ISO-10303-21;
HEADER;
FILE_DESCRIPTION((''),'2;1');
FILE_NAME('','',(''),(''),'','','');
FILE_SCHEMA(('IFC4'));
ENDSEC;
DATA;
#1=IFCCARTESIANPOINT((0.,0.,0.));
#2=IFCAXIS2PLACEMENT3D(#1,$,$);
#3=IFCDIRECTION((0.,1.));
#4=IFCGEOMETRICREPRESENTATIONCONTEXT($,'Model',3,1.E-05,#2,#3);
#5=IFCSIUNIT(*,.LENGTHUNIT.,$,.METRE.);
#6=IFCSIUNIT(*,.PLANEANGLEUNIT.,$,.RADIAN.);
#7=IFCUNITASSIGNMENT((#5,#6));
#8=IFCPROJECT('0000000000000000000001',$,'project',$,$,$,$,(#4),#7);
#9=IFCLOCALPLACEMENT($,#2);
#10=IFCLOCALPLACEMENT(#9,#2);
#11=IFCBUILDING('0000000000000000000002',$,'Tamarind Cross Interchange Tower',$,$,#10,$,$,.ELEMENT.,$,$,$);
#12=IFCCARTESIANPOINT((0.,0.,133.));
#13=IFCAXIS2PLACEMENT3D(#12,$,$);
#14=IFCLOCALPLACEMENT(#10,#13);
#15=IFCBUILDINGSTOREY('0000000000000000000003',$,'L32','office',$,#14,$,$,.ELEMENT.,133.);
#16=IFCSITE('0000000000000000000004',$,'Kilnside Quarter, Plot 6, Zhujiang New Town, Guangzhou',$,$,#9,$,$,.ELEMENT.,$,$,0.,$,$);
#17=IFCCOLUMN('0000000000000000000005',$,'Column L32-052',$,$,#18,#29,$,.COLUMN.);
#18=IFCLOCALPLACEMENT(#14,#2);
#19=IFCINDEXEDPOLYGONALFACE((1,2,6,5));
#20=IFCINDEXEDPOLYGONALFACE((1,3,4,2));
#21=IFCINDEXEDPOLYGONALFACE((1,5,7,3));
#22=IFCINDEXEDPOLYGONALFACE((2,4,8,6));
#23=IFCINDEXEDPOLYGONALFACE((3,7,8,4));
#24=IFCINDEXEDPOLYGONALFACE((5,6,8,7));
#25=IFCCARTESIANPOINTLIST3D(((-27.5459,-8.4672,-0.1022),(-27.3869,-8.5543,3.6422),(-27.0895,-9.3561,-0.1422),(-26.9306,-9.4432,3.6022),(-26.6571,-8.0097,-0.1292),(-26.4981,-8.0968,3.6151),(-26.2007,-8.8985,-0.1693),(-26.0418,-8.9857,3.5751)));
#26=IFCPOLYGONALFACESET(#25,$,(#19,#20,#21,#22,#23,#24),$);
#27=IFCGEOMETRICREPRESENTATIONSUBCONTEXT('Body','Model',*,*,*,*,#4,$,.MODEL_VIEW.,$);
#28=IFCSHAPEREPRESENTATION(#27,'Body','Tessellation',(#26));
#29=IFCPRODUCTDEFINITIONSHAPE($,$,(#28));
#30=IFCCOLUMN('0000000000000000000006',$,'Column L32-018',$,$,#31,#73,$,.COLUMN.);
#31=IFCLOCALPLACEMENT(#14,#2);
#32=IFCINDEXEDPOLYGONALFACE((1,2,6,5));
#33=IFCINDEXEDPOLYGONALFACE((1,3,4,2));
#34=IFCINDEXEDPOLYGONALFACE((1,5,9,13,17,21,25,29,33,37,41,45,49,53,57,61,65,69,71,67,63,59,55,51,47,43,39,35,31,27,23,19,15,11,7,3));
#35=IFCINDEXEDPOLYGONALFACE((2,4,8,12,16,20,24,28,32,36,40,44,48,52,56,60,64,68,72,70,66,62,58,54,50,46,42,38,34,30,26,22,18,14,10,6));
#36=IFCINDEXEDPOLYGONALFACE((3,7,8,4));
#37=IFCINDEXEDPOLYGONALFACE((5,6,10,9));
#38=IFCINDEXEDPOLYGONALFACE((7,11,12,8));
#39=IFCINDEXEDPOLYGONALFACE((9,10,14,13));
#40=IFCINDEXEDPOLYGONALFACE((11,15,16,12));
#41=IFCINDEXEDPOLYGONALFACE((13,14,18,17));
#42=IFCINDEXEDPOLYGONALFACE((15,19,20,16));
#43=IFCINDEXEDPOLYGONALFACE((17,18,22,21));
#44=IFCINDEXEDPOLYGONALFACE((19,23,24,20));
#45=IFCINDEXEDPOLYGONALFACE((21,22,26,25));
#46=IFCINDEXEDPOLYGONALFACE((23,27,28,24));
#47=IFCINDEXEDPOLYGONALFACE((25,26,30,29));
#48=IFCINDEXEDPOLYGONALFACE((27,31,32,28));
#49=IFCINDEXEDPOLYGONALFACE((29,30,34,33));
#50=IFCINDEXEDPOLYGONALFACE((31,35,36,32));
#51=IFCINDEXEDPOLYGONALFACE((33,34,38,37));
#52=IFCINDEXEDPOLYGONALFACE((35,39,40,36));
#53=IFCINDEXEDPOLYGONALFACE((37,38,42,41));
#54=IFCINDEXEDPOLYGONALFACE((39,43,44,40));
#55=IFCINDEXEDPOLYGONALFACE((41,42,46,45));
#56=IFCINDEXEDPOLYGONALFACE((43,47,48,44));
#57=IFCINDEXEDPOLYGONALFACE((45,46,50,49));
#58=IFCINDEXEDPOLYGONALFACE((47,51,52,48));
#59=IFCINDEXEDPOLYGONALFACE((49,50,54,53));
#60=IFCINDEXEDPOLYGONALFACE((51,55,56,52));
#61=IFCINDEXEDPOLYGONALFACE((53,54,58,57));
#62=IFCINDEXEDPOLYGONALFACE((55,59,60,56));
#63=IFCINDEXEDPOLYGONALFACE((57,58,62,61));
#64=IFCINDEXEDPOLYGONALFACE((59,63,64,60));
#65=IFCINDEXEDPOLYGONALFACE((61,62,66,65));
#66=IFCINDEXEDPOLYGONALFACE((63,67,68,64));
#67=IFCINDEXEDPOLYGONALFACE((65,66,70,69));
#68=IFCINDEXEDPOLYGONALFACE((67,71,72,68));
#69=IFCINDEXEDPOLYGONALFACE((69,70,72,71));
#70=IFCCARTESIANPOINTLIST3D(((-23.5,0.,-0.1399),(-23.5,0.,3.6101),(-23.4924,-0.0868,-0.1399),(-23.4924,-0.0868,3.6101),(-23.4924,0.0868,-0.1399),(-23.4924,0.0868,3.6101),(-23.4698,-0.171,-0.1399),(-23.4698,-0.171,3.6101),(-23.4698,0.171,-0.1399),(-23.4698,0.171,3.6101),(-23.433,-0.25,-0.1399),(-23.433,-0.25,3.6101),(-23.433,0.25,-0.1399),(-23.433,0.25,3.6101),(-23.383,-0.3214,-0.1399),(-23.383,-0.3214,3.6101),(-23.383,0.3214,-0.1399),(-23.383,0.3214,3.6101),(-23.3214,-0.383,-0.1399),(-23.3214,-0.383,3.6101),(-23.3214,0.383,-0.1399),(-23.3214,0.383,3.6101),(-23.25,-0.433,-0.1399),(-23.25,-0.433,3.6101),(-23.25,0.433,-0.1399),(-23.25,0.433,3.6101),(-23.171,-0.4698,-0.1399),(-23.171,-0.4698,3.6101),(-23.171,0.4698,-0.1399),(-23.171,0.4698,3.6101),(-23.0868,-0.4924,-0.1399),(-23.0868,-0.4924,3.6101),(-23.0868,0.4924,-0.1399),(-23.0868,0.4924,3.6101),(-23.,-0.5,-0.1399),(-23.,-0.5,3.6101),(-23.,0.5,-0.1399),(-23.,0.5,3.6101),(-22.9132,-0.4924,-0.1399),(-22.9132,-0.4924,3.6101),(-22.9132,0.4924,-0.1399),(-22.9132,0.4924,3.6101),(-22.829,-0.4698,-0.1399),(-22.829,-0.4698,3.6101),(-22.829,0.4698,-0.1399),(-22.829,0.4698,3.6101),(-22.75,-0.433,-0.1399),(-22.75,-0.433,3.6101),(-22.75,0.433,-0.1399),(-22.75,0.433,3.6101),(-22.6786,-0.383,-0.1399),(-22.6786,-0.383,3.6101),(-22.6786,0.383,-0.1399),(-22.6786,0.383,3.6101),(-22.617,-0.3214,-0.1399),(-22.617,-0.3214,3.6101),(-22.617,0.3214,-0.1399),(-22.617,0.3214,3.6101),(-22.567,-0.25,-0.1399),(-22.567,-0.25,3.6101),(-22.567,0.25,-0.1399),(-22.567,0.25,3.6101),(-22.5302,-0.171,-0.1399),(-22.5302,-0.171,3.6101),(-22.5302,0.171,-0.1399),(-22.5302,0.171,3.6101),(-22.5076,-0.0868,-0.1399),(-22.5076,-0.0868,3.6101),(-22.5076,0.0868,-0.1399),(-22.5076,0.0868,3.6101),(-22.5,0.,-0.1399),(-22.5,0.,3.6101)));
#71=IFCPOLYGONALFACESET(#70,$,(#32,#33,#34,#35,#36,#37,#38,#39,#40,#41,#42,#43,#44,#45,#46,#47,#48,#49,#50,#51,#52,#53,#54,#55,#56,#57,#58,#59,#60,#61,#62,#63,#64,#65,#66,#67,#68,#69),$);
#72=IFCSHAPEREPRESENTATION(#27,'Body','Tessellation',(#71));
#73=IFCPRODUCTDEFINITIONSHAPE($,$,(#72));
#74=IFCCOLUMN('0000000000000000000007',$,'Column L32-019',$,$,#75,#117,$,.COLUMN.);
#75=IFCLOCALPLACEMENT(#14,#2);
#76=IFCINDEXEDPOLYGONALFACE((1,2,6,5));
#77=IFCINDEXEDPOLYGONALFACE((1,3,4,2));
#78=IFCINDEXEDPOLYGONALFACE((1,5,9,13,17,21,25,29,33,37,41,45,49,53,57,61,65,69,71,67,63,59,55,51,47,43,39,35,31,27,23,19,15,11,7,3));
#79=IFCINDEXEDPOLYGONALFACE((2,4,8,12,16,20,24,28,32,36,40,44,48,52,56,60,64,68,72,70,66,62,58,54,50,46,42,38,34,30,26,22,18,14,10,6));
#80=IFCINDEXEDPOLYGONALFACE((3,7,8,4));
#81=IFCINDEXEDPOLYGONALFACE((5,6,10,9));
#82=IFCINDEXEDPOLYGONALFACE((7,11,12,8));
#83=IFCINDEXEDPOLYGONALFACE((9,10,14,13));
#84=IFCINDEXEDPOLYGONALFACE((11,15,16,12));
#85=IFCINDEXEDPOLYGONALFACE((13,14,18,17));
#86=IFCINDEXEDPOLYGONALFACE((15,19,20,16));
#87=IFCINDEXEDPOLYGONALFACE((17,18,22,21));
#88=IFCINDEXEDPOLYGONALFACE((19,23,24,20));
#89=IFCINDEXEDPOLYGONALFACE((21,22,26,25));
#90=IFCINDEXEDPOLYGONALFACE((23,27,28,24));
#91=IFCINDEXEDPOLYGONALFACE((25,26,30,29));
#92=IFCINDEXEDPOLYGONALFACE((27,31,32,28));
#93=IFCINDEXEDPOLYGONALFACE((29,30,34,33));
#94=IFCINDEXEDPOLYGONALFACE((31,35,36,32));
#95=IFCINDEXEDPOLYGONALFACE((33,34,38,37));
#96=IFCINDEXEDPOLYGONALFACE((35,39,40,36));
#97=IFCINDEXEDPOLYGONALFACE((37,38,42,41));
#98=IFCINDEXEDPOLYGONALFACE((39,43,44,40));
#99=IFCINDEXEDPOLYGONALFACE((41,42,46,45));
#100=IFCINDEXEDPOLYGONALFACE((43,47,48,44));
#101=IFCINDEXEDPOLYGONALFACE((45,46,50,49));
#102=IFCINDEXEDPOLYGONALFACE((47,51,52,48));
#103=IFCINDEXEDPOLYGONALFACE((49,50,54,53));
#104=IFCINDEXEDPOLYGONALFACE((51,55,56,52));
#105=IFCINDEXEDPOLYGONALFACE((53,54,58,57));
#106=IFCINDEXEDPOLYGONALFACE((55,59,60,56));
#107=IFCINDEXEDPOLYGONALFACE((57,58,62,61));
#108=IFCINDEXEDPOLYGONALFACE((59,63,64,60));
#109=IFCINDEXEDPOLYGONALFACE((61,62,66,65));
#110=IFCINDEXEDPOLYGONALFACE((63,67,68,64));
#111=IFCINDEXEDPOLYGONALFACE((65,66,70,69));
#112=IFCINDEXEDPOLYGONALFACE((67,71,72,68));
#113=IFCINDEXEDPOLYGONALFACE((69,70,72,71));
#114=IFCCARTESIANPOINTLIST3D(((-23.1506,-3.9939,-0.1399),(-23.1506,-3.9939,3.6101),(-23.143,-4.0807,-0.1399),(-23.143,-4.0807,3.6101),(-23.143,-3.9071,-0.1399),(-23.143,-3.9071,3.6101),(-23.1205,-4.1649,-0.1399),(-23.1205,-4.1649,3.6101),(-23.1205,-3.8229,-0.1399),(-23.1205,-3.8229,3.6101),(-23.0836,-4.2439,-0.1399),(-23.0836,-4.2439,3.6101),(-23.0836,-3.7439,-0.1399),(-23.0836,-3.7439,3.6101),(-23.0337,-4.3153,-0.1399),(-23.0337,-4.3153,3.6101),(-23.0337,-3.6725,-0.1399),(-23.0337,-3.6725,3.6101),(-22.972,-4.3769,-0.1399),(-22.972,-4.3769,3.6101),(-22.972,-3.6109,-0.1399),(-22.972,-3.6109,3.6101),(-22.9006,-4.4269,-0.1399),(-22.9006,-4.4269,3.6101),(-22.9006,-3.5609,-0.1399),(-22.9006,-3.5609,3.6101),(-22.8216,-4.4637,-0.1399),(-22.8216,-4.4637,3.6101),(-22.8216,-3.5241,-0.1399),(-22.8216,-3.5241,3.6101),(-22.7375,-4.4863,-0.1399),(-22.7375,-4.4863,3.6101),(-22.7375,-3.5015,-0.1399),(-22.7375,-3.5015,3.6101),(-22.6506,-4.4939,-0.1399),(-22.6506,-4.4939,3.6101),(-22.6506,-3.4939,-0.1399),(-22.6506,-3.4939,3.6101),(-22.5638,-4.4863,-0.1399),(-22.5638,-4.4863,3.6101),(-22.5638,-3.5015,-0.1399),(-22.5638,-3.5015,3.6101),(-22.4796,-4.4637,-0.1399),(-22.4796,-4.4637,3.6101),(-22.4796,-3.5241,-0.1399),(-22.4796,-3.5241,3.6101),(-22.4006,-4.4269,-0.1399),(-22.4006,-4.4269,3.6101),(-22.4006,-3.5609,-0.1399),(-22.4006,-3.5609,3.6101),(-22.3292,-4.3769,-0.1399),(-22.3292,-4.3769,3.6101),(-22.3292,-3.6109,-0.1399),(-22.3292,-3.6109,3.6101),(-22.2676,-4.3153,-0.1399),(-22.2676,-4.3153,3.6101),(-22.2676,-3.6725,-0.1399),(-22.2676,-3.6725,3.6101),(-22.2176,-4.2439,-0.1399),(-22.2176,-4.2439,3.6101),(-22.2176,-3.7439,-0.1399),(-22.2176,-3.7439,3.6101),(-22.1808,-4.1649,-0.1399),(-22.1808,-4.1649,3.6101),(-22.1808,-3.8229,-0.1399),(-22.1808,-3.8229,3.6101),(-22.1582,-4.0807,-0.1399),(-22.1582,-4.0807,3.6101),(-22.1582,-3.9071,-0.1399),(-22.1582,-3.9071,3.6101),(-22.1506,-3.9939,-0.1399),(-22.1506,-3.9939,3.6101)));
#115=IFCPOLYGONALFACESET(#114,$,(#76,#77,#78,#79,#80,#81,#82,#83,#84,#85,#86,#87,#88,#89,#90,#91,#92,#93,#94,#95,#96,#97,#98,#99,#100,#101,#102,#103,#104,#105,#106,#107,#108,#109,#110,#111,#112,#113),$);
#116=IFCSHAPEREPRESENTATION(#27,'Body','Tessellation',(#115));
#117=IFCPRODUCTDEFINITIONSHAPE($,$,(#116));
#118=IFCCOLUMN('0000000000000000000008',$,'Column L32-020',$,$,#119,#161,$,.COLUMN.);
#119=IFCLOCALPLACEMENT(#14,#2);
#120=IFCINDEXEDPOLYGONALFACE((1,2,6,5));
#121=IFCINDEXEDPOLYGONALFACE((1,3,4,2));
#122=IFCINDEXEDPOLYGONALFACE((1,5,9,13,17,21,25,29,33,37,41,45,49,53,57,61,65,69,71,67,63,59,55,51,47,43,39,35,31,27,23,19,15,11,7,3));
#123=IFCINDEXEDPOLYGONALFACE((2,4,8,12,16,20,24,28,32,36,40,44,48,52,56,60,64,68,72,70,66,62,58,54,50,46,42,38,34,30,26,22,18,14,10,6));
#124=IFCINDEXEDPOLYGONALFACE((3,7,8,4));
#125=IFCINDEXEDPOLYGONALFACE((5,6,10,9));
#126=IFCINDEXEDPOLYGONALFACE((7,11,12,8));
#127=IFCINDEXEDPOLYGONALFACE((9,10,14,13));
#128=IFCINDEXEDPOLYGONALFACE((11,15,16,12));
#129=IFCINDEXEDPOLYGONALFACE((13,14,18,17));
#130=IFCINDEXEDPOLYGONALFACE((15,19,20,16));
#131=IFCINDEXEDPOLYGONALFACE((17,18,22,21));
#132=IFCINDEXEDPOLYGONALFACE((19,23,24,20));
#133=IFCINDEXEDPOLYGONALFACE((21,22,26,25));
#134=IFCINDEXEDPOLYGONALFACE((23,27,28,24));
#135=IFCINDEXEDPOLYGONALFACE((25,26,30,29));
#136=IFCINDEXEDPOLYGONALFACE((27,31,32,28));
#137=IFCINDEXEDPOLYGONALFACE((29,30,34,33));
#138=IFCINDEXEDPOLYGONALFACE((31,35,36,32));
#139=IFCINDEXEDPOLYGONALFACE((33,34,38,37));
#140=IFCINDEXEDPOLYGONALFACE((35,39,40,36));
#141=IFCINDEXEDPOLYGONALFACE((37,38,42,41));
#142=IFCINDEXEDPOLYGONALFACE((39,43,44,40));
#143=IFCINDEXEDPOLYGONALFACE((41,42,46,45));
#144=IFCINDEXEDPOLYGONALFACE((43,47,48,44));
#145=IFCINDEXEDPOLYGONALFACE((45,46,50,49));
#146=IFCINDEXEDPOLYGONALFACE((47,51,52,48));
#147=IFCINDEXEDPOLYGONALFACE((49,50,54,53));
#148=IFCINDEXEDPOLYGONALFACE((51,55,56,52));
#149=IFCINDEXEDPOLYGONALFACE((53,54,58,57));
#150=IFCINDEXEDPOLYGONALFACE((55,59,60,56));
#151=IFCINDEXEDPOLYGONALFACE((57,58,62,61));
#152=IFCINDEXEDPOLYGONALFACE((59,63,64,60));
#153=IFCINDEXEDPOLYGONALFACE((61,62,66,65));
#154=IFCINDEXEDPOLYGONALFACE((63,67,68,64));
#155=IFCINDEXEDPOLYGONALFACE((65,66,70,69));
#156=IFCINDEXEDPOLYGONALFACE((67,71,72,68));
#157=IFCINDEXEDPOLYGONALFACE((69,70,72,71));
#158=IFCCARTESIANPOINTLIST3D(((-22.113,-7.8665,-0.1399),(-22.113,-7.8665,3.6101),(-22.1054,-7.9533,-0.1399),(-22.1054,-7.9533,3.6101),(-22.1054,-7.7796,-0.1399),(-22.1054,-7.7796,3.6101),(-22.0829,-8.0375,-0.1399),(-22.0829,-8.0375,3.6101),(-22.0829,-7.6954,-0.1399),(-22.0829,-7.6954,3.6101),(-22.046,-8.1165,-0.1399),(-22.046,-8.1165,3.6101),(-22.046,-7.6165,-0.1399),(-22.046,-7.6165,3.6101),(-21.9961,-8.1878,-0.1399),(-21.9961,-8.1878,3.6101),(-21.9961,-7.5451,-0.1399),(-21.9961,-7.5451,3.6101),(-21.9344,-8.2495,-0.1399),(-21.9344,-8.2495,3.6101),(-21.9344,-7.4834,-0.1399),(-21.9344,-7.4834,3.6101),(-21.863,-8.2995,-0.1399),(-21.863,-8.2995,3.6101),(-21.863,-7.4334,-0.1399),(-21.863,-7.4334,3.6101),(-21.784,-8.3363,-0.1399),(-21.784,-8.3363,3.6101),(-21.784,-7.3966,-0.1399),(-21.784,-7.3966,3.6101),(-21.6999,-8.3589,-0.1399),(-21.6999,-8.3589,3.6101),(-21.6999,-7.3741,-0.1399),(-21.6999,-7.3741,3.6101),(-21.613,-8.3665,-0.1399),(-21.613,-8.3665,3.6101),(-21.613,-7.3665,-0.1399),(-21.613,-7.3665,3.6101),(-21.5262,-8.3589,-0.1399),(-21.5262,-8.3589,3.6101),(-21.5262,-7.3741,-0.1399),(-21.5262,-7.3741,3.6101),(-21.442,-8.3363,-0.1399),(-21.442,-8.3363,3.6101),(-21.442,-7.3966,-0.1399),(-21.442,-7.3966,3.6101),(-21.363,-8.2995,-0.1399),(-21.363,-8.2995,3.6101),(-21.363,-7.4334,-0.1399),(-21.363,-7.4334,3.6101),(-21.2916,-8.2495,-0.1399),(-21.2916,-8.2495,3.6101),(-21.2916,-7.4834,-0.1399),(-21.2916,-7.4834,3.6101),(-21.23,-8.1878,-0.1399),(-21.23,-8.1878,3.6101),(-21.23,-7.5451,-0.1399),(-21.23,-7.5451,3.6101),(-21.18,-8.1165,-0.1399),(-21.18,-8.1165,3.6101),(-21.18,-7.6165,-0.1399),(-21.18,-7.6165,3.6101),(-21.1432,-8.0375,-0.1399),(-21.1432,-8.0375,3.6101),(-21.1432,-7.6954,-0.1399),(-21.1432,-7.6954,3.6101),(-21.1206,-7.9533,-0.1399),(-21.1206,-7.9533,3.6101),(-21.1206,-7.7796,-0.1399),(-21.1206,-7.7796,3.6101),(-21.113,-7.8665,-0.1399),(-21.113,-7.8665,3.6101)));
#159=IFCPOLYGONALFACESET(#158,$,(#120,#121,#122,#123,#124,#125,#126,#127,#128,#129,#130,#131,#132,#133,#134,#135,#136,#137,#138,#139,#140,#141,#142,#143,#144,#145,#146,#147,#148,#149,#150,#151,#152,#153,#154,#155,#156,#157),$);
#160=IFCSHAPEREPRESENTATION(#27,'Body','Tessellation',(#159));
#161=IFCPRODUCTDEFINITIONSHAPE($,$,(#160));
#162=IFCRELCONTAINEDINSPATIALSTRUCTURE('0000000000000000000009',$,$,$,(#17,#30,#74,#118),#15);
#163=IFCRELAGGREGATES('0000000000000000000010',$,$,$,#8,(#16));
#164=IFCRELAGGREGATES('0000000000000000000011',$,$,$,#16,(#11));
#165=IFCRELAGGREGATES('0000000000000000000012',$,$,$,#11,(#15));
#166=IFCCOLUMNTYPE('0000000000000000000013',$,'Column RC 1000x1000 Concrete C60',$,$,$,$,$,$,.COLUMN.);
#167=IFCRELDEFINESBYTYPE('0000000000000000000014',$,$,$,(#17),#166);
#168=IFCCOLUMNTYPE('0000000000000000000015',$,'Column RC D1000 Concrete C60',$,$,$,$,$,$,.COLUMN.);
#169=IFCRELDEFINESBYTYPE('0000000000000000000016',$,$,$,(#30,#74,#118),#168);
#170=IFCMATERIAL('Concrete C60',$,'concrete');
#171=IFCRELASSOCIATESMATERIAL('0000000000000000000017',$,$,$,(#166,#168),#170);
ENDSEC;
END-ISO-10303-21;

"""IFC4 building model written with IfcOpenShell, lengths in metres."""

from ifc_helpers import new_model, si_unit, direction, frame, origin, origin_2d, place, context, subcontext, project, spatial, rectangle, circle, extrude, material, material_profile, profile_set, type_object, element, save


model = new_model("IFC4")

# Units and contexts
model_context = context("Model", 3, precision=1e-05, world=origin(), true_north=direction((0.0, 1.0)))
body_context = subcontext(model_context, "Body", "Model", "MODEL_VIEW")
ifc_project = project(units=[si_unit("LENGTHUNIT", "METRE"), si_unit("PLANEANGLEUNIT", "RADIAN")], contexts=[model_context])

# Site, building, storey
site_placement = place(None, origin())
site = spatial("IfcSite", under=ifc_project, at=site_placement, Name="Kilnside Quarter, Plot 6, Zhujiang New Town, Guangzhou", CompositionType="ELEMENT", RefElevation=0.0)
building_placement = place(site_placement, origin())
building = spatial("IfcBuilding", under=site, at=building_placement, Name="Tamarind Cross Interchange Tower", CompositionType="ELEMENT")
storey_placement = place(building_placement, frame((0.0, 0.0, 133.0)))
storey = spatial("IfcBuildingStorey", under=building, at=storey_placement, Name="L32", Description="office", CompositionType="ELEMENT", Elevation=133.0)

# Columns
ifc_material_1 = material(Name="Concrete C60", Category="concrete")
ifc_material_profile_1 = material_profile(ifc_material_1, rectangle(XDim=1.0, YDim=1.0, at=origin_2d()), Name="RC 1000x1000")
ifc_profile_set_1 = profile_set([ifc_material_profile_1], Name="Concrete C60")
column_type_1 = type_object("IfcColumnType", Name="Column RC 1000x1000 Concrete C60", PredefinedType="COLUMN", material=ifc_profile_set_1)
column_placement = place(storey_placement, frame((-26.8733, -8.6829, -0.1357), z_axis=(0.042397, -0.02325, 0.99883), x_axis=(-0.456362, 0.888892, 0.040062)))
element("IfcColumn", 1, at=column_placement, inside=storey, type_object=column_type_1, Name="Column L32-052", PredefinedType="COLUMN", context=body_context, shape_type="SweptSolid", body=[
    extrude(rectangle(XDim=1.0, YDim=1.0, at=origin_2d()), origin(), (0.0, 0.0, 1.0), 3.7488),
])
ifc_material_profile_2 = material_profile(ifc_material_1, circle(Radius=0.5, at=origin_2d()), Name="RC D1000")
ifc_profile_set_2 = profile_set([ifc_material_profile_2], Name="Concrete C60")
column_type_2 = type_object("IfcColumnType", Name="Column RC D1000 Concrete C60", PredefinedType="COLUMN", material=ifc_profile_set_2)
for number, where, z_axis, x_axis, name in (
    (2, (-23.0, 0.0, -0.1399), (0.0, 0.0, 1.0), (1.0, 0.0, 0.0), "Column L32-018"),
    (3, (-22.6506, -3.9939, -0.1399), (0.0, 0.0, 1.0), (1.0, 0.0, 0.0), "Column L32-019"),
    (4, (-21.613, -7.8665, -0.1399), (0.0, 0.0, 1.0), (1.0, 0.0, 0.0), "Column L32-020"),
):
    element("IfcColumn", number, at=place(storey_placement, frame(where, z_axis=z_axis, x_axis=x_axis)), inside=storey, type_object=column_type_2, Name=name, PredefinedType="COLUMN", context=body_context, shape_type="SweptSolid", body=[
        extrude(circle(Radius=0.5, at=origin_2d()), origin(), (0.0, 0.0, 1.0), 3.75),
    ])

save(model, "model.ifc")
